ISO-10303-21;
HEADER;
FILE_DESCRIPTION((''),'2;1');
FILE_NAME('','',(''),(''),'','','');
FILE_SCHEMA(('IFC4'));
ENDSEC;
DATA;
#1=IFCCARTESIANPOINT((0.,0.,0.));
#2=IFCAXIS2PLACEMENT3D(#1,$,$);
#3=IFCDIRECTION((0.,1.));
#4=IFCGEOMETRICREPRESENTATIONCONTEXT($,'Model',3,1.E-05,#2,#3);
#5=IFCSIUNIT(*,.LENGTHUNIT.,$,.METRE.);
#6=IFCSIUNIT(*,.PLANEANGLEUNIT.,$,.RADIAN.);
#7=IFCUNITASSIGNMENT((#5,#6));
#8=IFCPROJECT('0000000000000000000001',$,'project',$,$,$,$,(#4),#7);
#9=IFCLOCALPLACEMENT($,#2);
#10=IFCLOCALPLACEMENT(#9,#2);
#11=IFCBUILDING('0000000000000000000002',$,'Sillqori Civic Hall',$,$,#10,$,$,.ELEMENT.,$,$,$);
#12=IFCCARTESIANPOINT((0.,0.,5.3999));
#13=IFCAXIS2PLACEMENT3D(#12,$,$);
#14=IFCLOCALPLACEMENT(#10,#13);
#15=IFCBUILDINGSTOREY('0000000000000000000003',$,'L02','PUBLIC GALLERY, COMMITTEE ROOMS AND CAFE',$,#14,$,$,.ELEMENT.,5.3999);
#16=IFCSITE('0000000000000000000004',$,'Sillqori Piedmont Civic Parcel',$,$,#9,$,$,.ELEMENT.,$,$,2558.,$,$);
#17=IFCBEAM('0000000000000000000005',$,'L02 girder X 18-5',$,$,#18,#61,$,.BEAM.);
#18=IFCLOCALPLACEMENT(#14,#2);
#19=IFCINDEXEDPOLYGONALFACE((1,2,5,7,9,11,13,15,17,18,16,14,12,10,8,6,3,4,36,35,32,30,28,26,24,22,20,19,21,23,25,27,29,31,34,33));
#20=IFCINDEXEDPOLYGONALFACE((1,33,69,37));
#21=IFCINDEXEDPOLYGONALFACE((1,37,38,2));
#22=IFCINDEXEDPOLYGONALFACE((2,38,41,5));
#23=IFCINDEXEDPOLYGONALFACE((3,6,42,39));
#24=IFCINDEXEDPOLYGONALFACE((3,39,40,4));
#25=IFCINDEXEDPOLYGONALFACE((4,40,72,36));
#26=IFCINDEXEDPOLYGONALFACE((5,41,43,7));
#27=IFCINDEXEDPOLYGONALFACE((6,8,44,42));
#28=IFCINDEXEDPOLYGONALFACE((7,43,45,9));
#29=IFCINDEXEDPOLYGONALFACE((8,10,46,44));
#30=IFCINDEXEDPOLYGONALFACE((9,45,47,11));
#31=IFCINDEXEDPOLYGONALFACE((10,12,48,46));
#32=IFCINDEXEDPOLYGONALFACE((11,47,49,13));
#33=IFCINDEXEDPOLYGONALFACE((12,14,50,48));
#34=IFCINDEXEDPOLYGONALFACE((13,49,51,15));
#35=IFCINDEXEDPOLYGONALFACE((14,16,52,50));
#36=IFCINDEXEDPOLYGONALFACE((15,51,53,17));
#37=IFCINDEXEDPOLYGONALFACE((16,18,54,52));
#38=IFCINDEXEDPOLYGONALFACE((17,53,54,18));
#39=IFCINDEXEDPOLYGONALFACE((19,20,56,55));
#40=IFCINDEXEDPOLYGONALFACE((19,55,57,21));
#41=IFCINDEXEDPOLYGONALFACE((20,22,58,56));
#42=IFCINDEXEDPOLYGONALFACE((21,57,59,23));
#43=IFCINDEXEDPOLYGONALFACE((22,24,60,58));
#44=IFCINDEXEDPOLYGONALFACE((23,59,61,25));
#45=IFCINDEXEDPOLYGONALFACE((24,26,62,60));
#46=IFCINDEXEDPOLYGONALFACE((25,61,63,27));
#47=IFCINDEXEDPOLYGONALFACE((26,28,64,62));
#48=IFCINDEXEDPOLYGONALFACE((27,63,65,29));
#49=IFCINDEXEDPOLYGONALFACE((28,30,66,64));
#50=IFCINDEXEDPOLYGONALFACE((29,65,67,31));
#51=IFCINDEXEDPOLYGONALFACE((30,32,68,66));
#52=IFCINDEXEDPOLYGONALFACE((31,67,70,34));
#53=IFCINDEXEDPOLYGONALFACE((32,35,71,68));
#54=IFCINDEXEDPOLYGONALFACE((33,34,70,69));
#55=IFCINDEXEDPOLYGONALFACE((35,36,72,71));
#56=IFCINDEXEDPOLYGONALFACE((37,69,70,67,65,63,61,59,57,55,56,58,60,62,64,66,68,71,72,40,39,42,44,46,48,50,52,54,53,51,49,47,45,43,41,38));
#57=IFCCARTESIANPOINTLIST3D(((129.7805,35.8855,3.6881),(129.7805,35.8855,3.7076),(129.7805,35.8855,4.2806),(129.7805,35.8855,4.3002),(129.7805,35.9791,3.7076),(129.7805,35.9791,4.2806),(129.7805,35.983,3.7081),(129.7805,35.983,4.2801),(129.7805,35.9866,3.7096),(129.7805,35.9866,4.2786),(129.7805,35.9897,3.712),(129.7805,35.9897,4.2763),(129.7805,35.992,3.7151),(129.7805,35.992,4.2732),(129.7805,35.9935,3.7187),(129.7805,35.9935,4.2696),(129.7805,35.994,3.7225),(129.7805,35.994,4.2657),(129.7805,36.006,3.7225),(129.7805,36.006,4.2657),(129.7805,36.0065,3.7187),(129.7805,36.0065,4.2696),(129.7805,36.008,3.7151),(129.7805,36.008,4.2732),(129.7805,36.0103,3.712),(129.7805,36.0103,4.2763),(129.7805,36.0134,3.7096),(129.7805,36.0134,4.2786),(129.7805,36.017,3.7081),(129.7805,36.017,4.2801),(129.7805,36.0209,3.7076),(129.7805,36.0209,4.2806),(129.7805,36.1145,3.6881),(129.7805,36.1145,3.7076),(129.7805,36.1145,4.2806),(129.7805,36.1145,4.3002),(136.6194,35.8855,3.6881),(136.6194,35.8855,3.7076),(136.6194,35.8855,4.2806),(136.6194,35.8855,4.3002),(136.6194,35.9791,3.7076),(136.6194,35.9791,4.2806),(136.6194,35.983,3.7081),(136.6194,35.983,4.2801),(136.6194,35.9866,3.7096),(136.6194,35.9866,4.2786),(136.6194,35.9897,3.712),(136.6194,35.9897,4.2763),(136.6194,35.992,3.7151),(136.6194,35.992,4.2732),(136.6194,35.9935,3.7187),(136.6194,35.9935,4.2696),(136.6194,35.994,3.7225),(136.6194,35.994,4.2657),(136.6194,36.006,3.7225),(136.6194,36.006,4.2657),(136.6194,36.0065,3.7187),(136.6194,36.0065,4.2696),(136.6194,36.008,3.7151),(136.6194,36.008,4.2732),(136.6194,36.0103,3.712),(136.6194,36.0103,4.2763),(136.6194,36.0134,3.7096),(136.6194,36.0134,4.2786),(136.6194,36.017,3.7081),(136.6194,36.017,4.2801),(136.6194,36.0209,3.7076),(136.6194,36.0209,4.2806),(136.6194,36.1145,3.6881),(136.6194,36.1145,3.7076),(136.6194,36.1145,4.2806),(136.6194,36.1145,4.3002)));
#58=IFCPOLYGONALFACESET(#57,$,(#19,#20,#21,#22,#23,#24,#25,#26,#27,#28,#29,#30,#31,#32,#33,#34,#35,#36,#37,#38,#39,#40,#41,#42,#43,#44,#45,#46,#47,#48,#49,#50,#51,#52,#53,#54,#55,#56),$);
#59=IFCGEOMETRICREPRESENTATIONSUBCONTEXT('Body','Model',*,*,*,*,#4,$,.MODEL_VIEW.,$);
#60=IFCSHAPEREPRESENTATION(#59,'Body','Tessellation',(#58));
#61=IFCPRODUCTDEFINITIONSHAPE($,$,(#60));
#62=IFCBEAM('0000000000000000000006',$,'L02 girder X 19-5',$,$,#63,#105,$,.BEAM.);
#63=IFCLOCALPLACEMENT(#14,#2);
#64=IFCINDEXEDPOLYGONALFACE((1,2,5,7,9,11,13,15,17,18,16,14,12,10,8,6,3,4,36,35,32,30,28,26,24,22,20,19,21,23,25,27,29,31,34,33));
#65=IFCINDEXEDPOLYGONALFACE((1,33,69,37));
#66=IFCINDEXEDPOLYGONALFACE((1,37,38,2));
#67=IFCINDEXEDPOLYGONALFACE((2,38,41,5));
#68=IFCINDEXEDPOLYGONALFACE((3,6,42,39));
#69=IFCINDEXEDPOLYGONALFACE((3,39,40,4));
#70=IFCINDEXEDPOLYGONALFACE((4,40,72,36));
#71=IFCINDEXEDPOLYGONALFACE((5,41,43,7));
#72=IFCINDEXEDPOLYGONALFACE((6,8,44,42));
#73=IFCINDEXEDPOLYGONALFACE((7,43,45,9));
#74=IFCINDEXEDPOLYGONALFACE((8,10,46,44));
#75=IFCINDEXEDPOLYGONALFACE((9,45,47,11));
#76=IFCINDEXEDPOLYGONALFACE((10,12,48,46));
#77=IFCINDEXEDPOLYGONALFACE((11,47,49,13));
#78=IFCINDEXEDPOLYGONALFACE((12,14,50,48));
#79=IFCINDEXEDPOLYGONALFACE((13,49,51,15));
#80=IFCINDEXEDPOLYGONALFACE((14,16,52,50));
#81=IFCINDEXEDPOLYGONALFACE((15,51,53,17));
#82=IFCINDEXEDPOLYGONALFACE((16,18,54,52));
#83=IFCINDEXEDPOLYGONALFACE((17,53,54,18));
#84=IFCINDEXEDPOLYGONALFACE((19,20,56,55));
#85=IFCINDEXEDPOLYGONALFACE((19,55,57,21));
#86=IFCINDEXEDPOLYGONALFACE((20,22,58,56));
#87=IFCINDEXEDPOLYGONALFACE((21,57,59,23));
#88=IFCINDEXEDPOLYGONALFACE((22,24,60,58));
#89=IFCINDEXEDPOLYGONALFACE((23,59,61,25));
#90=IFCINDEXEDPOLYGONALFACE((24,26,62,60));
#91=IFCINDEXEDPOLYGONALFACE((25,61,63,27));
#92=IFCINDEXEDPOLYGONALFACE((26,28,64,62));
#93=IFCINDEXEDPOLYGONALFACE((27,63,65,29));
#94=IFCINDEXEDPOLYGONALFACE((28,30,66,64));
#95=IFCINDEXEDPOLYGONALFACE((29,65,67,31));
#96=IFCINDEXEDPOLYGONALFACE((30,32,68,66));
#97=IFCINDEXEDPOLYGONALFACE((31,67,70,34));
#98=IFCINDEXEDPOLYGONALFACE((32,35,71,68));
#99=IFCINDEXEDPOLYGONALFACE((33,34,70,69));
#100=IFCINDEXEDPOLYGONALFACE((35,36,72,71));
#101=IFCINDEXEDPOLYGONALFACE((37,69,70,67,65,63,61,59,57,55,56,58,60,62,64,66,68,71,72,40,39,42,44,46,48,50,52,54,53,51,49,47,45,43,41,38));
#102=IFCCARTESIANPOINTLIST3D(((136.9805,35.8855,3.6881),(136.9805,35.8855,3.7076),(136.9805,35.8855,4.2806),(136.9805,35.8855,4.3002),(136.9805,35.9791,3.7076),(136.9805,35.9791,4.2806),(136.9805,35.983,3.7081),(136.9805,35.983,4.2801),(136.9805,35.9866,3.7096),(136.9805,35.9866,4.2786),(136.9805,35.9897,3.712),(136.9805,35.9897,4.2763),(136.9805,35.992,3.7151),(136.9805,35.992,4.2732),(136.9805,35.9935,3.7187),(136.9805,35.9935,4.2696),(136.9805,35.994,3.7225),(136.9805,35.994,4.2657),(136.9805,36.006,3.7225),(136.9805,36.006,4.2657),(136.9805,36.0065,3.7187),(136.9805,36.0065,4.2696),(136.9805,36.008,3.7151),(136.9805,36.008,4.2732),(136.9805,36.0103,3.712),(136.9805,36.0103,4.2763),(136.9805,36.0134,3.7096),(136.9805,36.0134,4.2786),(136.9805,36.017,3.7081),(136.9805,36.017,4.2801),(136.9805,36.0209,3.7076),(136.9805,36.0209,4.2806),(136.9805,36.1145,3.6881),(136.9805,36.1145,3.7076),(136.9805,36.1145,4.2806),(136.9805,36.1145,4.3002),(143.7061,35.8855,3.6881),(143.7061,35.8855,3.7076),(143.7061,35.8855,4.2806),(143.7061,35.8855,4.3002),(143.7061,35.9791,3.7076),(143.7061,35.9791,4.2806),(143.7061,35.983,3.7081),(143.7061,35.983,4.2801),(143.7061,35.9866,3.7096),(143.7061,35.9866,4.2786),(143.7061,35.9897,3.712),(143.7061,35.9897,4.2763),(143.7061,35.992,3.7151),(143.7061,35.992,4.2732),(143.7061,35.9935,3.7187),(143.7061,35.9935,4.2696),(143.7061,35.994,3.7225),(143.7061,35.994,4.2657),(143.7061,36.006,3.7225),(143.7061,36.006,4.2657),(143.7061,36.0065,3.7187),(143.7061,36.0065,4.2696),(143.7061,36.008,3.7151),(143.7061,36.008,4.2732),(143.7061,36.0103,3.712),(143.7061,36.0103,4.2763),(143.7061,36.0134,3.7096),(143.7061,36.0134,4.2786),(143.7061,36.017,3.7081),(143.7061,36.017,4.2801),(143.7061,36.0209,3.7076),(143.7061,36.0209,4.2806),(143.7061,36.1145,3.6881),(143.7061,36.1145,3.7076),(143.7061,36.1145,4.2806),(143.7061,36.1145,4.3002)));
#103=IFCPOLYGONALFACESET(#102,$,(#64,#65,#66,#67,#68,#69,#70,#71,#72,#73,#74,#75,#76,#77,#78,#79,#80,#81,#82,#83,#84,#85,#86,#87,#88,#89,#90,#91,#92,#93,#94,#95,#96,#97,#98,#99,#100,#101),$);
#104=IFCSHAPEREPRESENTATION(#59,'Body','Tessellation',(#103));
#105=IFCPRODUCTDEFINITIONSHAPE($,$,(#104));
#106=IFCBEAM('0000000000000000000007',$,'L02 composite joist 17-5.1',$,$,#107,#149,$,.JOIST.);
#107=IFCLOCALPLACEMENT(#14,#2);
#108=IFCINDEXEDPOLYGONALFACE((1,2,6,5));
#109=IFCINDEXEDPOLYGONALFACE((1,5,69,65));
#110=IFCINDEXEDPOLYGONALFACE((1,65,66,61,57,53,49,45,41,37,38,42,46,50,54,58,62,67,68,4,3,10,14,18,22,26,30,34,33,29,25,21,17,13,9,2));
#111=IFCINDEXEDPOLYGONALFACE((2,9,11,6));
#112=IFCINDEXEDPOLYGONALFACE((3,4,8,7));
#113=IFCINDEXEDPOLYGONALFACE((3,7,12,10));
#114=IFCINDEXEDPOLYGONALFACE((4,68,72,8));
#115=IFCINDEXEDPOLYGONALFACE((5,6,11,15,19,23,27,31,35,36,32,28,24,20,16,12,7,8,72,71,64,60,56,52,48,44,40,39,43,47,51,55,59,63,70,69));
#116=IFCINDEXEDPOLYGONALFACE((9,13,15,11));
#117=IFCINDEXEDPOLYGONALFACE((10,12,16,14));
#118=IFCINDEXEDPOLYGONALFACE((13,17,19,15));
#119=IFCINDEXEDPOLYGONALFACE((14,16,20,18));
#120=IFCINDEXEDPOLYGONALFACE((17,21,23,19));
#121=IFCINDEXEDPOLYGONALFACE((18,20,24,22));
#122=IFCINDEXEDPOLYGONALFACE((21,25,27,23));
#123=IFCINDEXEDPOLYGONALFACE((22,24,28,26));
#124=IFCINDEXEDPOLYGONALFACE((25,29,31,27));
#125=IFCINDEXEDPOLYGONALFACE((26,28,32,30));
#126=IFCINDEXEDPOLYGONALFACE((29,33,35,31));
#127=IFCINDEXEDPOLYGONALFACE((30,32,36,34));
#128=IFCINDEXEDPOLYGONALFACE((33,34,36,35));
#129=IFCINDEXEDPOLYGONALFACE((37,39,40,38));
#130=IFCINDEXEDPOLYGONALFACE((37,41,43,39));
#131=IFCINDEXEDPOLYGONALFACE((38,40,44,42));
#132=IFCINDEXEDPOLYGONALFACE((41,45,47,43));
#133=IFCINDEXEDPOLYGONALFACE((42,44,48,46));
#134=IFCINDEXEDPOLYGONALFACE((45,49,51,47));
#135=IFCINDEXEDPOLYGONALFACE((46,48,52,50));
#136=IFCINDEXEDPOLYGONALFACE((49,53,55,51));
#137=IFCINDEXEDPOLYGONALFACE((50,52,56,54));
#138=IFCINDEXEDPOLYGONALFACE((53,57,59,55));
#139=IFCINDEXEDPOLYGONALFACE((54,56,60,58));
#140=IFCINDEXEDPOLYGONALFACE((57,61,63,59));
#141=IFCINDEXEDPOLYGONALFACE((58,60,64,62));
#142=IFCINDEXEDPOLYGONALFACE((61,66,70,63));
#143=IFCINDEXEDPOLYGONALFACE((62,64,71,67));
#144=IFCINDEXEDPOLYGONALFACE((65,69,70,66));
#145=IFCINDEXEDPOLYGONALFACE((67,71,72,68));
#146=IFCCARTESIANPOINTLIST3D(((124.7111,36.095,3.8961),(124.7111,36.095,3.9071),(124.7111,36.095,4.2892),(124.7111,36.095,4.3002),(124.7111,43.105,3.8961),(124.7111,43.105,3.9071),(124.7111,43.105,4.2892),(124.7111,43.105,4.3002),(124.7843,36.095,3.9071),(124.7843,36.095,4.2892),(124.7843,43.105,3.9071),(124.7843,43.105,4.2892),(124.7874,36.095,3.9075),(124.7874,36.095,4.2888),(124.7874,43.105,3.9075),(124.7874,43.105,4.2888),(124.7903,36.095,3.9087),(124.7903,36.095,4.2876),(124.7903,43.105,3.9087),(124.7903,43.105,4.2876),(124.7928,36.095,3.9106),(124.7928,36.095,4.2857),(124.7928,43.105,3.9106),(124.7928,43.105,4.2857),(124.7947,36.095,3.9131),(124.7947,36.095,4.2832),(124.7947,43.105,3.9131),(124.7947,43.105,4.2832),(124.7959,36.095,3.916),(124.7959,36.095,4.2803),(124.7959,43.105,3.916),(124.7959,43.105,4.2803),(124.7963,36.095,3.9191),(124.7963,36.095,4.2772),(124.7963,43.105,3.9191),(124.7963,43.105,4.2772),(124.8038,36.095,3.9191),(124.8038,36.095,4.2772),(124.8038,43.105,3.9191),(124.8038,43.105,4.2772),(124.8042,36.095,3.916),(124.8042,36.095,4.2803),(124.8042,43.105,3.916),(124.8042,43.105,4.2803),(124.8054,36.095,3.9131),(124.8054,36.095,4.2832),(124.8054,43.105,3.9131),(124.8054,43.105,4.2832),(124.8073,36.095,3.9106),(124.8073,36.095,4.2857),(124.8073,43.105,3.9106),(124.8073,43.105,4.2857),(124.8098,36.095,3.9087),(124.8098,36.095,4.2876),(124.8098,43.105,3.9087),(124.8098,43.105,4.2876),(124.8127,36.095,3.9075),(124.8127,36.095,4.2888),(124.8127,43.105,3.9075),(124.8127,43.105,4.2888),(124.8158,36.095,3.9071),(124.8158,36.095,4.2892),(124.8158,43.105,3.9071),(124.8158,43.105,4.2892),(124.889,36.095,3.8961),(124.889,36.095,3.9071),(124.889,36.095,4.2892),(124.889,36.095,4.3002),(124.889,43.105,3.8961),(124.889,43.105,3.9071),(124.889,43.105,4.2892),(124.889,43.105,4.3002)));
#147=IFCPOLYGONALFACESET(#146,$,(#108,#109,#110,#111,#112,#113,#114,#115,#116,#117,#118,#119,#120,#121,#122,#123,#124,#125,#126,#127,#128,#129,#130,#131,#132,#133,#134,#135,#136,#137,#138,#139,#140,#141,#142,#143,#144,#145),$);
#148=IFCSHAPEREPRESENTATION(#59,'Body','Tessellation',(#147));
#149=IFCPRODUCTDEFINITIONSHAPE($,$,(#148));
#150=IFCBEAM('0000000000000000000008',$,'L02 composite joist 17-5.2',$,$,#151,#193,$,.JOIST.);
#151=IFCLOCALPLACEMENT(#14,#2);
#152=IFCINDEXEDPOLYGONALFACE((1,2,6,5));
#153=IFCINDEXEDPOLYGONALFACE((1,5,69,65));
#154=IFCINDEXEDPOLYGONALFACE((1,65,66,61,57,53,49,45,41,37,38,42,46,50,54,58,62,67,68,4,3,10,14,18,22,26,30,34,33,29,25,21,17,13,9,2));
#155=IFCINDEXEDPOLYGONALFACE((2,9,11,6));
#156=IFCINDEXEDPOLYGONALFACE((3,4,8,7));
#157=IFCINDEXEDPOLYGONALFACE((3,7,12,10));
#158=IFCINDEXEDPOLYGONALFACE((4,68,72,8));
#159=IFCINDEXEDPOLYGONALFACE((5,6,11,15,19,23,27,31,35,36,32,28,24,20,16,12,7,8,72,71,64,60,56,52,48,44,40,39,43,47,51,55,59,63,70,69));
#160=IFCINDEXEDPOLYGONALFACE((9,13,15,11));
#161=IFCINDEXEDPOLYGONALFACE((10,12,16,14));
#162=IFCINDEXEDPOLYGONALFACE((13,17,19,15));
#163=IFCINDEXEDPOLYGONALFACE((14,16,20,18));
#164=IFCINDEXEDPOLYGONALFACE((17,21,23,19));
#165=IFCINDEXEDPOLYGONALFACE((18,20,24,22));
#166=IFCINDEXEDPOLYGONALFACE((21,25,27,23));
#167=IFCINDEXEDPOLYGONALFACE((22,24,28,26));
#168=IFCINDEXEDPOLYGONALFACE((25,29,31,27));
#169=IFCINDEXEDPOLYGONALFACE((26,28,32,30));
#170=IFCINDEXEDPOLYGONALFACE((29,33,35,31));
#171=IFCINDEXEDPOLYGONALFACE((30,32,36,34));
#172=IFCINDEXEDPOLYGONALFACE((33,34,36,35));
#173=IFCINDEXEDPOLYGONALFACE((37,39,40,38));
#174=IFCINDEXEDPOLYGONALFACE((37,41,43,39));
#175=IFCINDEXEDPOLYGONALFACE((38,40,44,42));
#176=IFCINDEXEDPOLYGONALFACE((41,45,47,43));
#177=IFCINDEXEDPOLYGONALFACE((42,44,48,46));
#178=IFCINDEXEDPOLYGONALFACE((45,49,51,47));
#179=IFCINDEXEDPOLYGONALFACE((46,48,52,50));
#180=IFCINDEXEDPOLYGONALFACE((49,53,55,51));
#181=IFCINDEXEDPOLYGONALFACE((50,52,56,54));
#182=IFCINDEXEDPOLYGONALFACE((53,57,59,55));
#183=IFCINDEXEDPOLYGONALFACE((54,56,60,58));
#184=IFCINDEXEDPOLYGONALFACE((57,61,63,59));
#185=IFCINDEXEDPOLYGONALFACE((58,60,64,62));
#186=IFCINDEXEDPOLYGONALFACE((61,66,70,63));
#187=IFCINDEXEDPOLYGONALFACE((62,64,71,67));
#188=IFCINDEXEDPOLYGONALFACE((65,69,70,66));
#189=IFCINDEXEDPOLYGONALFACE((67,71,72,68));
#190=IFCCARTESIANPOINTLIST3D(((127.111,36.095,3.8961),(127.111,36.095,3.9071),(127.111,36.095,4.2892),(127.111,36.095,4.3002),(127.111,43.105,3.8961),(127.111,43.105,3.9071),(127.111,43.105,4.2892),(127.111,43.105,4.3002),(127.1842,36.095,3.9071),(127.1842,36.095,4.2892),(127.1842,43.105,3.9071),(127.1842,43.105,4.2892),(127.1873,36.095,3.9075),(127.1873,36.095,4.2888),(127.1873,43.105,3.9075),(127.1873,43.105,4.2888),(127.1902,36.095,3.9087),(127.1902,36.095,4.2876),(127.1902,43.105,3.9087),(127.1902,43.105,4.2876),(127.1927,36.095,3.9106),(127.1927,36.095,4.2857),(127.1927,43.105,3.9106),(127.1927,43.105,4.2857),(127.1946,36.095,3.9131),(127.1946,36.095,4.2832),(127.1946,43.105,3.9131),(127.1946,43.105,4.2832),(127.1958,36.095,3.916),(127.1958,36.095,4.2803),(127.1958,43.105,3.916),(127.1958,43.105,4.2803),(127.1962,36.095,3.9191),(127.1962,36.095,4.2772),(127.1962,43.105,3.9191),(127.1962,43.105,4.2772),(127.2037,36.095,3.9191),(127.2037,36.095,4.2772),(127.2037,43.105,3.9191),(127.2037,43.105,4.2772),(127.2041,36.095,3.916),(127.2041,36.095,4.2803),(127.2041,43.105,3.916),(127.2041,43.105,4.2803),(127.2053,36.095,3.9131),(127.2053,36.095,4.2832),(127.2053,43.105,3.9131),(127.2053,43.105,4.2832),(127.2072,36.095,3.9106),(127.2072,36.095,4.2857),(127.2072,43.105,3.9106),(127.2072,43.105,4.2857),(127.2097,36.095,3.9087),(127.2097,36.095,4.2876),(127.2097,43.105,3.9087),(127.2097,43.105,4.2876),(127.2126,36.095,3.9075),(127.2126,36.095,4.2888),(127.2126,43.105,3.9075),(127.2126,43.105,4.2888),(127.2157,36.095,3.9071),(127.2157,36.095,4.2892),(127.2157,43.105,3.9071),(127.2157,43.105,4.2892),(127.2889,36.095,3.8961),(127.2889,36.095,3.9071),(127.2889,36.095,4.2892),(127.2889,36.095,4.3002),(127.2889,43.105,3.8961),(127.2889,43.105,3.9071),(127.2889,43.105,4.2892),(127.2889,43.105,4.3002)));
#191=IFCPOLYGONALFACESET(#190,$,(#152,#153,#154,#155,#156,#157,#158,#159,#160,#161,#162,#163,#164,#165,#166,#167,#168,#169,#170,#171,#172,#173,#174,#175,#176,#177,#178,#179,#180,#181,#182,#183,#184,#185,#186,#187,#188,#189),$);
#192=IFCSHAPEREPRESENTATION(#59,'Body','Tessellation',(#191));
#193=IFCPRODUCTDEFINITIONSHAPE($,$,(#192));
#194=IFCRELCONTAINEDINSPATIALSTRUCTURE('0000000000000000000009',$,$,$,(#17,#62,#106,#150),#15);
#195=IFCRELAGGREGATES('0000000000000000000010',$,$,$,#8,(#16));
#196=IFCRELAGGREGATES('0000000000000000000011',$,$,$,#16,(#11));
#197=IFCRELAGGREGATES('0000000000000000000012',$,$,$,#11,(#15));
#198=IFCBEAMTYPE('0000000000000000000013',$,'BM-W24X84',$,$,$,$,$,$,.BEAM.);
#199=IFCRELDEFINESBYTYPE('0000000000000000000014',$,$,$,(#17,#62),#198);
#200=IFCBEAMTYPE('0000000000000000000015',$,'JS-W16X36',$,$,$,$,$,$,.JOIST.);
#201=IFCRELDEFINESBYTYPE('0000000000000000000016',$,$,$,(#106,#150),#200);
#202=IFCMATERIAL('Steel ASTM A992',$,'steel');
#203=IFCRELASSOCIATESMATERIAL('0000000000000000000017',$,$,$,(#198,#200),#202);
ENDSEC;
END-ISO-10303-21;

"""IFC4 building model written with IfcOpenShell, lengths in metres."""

from ifc_helpers import new_model, si_unit, direction, frame, origin, origin_2d, place, context, subcontext, project, spatial, i_section, extrude, material, material_profile, profile_set, type_object, element, save


model = new_model("IFC4")

# Units and contexts
model_context = context("Model", 3, precision=1e-05, world=origin(), true_north=direction((0.0, 1.0)))
body_context = subcontext(model_context, "Body", "Model", "MODEL_VIEW")
ifc_project = project(units=[si_unit("LENGTHUNIT", "METRE"), si_unit("PLANEANGLEUNIT", "RADIAN")], contexts=[model_context])

# Site, building, storey
site_placement = place(None, origin())
site = spatial("IfcSite", under=ifc_project, at=site_placement, Name="Sillqori Piedmont Civic Parcel", CompositionType="ELEMENT", RefElevation=2558.0)
building_placement = place(site_placement, origin())
building = spatial("IfcBuilding", under=site, at=building_placement, Name="Sillqori Civic Hall", CompositionType="ELEMENT")
storey_placement = place(building_placement, frame((0.0, 0.0, 5.3999)))
storey = spatial("IfcBuildingStorey", under=building, at=storey_placement, Name="L02", Description="PUBLIC GALLERY, COMMITTEE ROOMS AND CAFE", CompositionType="ELEMENT", Elevation=5.3999)

# Shared definitions
ifc_material_1 = material(Name="Steel ASTM A992", Category="steel")

# Beams
ifc_material_profile_1 = material_profile(ifc_material_1, i_section(OverallWidth=0.229, OverallDepth=0.6121, WebThickness=0.012, FlangeThickness=0.0195, FilletRadius=0.0149, at=origin_2d()), Name="W24X84")
ifc_profile_set_1 = profile_set([ifc_material_profile_1], Name="Steel ASTM A992")
beam_type_1 = type_object("IfcBeamType", Name="BM-W24X84", PredefinedType="BEAM", material=ifc_profile_set_1)
beam_1_placement = place(storey_placement, frame((129.7805, 36.0, 3.9941), z_axis=(1.0, 0.0, 0.0), x_axis=(0.0, 1.0, 0.0)))
element("IfcBeam", 1, at=beam_1_placement, inside=storey, type_object=beam_type_1, Name="L02 girder X 18-5", PredefinedType="BEAM", context=body_context, shape_type="SweptSolid", body=[
    extrude(i_section(OverallWidth=0.229, OverallDepth=0.6121, WebThickness=0.012, FlangeThickness=0.0195, FilletRadius=0.0149, at=origin_2d()), origin(), (0.0, 0.0, 1.0), 6.8389),
])
beam_2_placement = place(storey_placement, frame((136.9805, 36.0, 3.9941), z_axis=(1.0, 0.0, 0.0), x_axis=(0.0, 1.0, 0.0)))
element("IfcBeam", 2, at=beam_2_placement, inside=storey, type_object=beam_type_1, Name="L02 girder X 19-5", PredefinedType="BEAM", context=body_context, shape_type="SweptSolid", body=[
    extrude(i_section(OverallWidth=0.229, OverallDepth=0.6121, WebThickness=0.012, FlangeThickness=0.0195, FilletRadius=0.0149, at=origin_2d()), origin(), (0.0, 0.0, 1.0), 6.7256),
])
ifc_material_profile_2 = material_profile(ifc_material_1, i_section(OverallWidth=0.178, OverallDepth=0.4041, WebThickness=0.0076, FlangeThickness=0.011, FilletRadius=0.012, at=origin_2d()), Name="W16X36")
ifc_profile_set_2 = profile_set([ifc_material_profile_2], Name="Steel ASTM A992")
beam_type_2 = type_object("IfcBeamType", Name="JS-W16X36", PredefinedType="JOIST", material=ifc_profile_set_2)
for number, where, z_axis, x_axis, name in (
    (3, (124.8, 36.095, 4.0981), (0.0, 1.0, 0.0), (-1.0, 0.0, 0.0), "L02 composite joist 17-5.1"),
    (4, (127.2, 36.095, 4.0981), (0.0, 1.0, 0.0), (-1.0, 0.0, 0.0), "L02 composite joist 17-5.2"),
):
    element("IfcBeam", number, at=place(storey_placement, frame(where, z_axis=z_axis, x_axis=x_axis)), inside=storey, type_object=beam_type_2, Name=name, PredefinedType="JOIST", context=body_context, shape_type="SweptSolid", body=[
        extrude(i_section(OverallWidth=0.178, OverallDepth=0.4041, WebThickness=0.0076, FlangeThickness=0.011, FilletRadius=0.012, at=origin_2d()), origin(), (0.0, 0.0, 1.0), 7.01),
    ])

save(model, "model.ifc")
